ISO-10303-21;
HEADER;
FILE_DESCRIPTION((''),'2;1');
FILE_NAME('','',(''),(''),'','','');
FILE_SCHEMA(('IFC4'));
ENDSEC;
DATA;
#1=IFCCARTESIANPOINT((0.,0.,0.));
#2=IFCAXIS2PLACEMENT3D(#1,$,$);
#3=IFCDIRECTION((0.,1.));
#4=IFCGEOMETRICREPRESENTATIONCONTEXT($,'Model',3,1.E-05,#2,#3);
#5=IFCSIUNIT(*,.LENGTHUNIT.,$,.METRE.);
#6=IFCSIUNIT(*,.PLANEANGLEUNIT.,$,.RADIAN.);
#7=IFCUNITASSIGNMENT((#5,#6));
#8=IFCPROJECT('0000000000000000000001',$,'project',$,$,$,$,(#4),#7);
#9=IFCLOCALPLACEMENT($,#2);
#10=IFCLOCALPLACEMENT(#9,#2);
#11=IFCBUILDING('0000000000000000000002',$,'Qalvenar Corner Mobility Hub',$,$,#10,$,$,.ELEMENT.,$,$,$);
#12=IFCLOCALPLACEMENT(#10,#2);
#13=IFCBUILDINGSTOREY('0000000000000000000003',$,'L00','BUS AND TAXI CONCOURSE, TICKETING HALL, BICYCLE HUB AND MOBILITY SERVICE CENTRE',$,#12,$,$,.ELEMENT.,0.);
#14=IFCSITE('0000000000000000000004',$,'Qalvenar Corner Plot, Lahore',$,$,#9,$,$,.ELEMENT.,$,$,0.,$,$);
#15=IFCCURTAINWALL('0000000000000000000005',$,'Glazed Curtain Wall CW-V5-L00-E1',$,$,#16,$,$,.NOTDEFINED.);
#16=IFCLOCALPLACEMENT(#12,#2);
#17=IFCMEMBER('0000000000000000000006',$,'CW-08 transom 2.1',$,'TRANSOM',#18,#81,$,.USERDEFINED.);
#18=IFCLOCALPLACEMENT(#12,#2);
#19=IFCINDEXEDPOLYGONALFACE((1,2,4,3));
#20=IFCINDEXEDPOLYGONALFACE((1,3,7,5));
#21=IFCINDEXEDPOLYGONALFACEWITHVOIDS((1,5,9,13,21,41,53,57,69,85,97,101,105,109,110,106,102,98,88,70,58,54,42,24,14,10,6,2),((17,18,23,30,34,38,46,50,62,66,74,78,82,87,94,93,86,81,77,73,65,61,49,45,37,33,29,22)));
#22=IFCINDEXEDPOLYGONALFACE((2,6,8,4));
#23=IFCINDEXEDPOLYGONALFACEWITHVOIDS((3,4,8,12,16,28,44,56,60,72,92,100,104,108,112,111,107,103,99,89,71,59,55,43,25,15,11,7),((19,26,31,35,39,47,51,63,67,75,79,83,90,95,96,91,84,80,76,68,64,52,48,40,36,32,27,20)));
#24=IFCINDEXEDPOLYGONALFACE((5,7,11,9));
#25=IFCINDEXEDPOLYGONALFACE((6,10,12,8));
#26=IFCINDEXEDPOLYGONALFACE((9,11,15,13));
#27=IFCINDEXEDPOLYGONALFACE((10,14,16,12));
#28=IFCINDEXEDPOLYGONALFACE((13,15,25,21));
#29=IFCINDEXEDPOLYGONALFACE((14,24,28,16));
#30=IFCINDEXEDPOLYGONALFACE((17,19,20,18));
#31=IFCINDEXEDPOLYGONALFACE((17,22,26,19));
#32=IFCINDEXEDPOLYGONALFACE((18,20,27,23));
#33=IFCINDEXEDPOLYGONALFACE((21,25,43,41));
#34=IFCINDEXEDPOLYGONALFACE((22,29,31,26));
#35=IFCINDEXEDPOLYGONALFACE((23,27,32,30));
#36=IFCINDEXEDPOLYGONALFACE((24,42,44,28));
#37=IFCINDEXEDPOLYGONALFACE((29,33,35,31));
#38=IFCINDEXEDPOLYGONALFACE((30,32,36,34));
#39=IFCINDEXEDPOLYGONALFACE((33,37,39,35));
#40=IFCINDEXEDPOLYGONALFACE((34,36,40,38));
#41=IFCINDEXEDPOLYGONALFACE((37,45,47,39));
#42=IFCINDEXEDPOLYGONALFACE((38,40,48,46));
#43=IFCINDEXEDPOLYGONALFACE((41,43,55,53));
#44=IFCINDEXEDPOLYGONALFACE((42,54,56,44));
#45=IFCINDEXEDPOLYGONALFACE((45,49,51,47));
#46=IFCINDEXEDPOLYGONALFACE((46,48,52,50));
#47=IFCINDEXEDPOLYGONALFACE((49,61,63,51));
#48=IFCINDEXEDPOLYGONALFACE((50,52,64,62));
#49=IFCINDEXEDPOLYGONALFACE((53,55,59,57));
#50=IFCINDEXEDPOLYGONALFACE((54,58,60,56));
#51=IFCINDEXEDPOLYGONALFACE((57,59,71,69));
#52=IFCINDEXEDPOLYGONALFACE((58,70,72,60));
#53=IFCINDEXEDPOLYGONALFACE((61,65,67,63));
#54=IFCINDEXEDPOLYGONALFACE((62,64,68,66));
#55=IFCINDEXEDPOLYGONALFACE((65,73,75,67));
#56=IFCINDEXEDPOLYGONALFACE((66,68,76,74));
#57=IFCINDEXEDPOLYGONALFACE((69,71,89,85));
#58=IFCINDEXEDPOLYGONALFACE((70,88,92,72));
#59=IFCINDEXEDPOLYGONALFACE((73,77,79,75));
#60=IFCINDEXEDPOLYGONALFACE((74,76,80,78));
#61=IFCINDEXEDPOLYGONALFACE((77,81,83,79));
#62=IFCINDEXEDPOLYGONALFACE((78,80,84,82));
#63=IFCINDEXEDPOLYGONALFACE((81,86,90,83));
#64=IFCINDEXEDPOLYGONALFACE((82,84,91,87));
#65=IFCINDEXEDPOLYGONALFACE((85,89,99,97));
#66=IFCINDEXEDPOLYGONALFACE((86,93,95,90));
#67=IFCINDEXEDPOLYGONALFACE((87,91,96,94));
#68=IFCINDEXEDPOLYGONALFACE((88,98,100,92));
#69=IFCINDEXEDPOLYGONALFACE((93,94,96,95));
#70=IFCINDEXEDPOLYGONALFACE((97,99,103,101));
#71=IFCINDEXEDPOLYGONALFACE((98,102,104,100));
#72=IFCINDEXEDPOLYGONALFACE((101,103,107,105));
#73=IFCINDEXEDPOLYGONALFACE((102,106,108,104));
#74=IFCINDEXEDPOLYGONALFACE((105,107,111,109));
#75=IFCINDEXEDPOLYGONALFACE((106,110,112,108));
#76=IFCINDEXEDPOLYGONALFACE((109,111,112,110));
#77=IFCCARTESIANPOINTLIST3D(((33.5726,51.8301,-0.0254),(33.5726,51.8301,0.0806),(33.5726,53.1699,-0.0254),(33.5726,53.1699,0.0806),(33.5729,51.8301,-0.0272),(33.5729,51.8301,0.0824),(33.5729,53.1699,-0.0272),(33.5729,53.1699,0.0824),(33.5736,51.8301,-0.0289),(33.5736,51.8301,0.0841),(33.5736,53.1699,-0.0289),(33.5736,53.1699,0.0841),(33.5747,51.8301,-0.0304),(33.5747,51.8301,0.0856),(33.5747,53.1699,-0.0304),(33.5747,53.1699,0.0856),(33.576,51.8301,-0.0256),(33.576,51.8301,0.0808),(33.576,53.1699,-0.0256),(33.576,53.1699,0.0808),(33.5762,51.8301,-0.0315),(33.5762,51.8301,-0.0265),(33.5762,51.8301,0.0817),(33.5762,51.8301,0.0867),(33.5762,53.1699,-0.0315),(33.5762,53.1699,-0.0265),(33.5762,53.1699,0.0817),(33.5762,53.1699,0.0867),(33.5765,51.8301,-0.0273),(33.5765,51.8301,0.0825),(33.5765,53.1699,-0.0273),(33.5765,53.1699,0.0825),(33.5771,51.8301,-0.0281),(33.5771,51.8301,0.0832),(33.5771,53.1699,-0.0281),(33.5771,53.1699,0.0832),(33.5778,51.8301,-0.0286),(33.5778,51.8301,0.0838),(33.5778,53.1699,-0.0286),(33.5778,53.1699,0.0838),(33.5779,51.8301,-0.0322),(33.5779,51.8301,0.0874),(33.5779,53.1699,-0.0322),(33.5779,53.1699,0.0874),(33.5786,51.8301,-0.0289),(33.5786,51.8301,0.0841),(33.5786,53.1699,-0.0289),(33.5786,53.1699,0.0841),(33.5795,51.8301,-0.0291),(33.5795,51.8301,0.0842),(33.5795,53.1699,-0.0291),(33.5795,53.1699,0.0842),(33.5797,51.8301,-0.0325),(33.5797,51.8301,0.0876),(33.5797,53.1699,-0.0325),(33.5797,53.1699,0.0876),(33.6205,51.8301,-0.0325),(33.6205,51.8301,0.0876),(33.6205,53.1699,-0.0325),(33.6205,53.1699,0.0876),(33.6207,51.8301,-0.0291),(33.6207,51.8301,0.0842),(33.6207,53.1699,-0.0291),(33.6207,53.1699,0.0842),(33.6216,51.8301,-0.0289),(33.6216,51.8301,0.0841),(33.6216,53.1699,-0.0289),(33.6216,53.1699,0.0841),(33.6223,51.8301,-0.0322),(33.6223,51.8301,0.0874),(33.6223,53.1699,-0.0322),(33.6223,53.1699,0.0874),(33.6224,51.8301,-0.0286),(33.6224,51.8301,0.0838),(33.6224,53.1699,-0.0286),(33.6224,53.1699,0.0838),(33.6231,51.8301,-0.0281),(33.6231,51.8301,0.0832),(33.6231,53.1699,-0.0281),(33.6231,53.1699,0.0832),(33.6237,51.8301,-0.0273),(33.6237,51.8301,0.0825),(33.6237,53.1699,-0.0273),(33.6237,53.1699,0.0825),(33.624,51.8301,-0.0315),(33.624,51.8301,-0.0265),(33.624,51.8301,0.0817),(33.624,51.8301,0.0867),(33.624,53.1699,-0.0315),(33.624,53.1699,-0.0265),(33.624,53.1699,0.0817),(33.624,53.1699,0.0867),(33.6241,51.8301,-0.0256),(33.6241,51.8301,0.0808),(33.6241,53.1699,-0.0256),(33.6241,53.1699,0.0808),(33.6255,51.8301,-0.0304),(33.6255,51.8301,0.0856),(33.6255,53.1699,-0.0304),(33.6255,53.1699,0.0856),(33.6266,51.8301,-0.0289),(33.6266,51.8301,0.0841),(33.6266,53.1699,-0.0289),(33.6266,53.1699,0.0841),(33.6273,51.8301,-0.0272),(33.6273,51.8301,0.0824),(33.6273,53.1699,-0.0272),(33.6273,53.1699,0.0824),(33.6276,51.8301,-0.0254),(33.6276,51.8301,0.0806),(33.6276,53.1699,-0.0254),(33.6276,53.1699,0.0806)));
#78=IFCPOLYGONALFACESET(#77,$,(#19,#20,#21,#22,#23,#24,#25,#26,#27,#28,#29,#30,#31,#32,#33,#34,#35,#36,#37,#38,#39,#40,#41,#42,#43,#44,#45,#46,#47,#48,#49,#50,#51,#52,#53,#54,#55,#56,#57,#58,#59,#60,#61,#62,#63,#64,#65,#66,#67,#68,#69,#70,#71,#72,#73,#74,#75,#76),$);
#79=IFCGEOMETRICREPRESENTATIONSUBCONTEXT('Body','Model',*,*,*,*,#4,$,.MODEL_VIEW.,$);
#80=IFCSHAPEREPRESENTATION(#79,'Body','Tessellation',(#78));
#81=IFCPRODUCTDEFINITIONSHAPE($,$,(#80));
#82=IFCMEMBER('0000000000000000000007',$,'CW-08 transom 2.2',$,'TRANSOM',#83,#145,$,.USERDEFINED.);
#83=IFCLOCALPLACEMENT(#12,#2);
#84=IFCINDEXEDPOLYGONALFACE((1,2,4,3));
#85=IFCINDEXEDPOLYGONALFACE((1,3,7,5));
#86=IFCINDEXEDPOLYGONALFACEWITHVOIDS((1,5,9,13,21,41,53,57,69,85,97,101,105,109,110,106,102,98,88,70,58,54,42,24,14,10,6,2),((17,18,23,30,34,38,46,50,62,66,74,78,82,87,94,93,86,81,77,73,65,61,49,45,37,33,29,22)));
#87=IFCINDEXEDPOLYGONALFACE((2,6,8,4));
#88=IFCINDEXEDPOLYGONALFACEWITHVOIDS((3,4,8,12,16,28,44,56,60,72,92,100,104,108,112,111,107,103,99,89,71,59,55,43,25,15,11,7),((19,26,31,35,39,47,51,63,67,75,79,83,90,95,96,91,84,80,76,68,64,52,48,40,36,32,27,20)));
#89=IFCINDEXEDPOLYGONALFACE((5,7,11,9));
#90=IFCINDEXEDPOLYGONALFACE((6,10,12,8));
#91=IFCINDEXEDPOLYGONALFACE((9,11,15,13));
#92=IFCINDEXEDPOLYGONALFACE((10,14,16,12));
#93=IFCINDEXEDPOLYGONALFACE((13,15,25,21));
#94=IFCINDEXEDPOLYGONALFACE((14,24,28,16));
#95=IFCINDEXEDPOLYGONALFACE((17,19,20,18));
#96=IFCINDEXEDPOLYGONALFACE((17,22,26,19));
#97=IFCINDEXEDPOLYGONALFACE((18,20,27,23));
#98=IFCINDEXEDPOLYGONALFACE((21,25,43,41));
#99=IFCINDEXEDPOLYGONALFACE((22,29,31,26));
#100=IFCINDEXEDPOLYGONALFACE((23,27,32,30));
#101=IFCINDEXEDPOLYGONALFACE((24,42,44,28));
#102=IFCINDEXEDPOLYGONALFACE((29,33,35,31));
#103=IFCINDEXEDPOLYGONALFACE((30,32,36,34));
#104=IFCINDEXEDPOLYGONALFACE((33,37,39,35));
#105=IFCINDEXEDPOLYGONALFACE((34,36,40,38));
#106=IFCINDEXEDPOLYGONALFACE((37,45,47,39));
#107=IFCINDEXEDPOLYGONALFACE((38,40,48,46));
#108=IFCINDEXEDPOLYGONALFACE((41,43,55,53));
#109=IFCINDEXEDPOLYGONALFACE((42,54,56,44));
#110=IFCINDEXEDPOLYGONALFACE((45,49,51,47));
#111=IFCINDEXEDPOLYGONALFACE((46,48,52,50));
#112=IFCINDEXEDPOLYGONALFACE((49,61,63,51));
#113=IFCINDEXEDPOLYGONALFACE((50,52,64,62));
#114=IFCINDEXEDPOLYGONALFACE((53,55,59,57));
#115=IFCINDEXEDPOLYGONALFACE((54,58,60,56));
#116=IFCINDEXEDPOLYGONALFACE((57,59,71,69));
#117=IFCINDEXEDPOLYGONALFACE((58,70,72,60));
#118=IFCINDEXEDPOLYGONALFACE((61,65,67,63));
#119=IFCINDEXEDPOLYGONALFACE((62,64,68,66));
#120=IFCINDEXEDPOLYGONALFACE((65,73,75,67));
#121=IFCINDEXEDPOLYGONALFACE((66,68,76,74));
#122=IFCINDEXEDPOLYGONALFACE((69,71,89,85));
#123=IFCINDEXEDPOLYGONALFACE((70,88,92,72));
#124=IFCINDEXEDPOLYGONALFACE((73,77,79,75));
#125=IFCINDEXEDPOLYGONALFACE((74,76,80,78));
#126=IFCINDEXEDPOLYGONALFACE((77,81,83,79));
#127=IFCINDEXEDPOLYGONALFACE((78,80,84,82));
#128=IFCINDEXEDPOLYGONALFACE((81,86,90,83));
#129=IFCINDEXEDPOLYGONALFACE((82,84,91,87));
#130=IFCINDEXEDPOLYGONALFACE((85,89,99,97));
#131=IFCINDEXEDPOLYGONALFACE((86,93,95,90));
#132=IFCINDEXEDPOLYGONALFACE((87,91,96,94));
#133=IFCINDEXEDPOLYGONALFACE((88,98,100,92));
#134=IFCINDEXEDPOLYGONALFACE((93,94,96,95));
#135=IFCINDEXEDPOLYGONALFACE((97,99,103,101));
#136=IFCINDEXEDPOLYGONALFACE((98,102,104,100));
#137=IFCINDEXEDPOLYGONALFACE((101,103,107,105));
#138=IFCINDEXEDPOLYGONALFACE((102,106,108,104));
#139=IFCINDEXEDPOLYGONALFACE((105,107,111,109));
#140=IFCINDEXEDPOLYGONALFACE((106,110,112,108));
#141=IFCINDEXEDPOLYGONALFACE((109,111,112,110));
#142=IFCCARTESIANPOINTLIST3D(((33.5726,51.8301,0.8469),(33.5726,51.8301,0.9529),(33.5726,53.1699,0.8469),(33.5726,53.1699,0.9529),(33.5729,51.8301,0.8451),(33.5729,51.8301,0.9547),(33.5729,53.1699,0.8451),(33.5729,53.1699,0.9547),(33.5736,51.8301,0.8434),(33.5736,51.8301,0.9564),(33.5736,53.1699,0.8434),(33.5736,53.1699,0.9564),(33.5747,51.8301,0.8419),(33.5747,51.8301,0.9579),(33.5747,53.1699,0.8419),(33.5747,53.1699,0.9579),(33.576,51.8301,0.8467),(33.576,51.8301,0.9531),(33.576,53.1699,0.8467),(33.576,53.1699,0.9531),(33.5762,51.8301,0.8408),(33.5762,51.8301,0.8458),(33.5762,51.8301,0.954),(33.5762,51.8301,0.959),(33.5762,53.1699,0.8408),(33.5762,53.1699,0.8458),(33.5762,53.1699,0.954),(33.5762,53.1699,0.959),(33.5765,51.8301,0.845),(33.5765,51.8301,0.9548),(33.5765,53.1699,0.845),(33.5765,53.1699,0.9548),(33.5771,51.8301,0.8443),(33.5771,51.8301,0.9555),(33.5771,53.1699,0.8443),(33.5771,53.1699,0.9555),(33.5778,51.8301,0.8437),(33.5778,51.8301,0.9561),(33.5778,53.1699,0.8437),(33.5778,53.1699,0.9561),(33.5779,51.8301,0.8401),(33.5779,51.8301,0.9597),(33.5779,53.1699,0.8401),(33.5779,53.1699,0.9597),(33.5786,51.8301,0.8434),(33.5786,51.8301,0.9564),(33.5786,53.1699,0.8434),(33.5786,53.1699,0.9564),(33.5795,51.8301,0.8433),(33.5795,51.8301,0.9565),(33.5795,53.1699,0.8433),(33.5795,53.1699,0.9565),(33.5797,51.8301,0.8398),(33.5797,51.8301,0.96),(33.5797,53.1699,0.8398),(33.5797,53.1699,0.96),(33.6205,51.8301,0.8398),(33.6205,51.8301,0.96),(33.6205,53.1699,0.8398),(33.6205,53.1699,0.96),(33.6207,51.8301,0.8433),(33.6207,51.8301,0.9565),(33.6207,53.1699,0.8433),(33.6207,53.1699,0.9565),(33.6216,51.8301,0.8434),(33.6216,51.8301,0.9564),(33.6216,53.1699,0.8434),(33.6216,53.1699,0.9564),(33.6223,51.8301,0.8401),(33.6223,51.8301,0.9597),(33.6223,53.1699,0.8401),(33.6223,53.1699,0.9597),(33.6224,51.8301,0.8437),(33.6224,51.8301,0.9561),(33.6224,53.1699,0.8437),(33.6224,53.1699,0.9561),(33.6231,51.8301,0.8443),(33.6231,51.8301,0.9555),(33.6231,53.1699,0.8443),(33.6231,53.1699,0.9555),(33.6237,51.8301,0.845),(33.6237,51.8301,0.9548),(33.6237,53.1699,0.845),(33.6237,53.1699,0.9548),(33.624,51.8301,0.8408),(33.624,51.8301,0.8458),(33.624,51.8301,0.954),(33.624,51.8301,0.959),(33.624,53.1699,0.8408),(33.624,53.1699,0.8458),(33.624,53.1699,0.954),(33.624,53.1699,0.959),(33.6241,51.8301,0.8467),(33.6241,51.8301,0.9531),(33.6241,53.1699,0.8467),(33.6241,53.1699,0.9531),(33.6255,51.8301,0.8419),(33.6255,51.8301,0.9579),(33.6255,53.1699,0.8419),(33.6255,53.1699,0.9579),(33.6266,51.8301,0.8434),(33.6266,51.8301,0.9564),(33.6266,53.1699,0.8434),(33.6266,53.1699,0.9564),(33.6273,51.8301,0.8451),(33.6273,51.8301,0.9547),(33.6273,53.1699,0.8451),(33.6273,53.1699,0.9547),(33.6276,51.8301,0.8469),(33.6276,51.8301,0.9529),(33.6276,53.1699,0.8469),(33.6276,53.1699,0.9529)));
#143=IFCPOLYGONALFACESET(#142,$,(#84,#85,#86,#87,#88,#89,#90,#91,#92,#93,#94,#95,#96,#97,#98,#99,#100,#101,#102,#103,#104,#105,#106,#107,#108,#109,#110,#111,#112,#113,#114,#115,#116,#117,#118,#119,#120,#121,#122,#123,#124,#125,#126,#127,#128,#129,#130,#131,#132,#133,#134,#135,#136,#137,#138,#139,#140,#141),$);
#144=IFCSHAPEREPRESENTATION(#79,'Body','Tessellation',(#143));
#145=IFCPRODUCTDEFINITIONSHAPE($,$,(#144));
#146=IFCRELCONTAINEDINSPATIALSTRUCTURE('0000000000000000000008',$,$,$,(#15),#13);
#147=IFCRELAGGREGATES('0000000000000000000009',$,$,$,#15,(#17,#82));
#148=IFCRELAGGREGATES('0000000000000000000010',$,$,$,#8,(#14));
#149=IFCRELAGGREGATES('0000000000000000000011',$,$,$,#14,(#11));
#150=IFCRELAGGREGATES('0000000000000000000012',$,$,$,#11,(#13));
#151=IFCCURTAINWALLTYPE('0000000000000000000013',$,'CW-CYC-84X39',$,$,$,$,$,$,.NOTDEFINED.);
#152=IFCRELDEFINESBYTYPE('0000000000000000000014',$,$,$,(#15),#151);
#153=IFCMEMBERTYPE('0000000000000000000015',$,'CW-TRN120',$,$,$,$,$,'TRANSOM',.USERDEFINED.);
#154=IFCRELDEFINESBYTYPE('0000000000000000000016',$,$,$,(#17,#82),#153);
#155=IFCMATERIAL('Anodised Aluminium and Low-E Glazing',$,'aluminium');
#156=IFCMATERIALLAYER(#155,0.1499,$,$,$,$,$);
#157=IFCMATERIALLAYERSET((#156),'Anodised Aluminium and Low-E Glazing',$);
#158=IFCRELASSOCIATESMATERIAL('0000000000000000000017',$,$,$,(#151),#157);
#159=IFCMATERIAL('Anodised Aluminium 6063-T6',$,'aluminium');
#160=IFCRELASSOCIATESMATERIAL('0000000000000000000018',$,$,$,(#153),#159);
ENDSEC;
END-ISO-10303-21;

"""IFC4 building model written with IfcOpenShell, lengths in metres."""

from ifc_helpers import new_model, si_unit, direction, frame, origin, origin_2d, place, context, subcontext, project, spatial, hollow_rectangle, extrude, material, layer, layer_set, material_profile, profile_set, type_object, element, aggregate, save


model = new_model("IFC4")

# Units and contexts
model_context = context("Model", 3, precision=1e-05, world=origin(), true_north=direction((0.0, 1.0)))
body_context = subcontext(model_context, "Body", "Model", "MODEL_VIEW")
ifc_project = project(units=[si_unit("LENGTHUNIT", "METRE"), si_unit("PLANEANGLEUNIT", "RADIAN")], contexts=[model_context])

# Site, building, storey
site_placement = place(None, origin())
site = spatial("IfcSite", under=ifc_project, at=site_placement, Name="Qalvenar Corner Plot, Lahore", CompositionType="ELEMENT", RefElevation=0.0)
building_placement = place(site_placement, origin())
building = spatial("IfcBuilding", under=site, at=building_placement, Name="Qalvenar Corner Mobility Hub", CompositionType="ELEMENT")
storey_placement = place(building_placement, origin())
storey = spatial("IfcBuildingStorey", under=building, at=storey_placement, Name="L00", Description="BUS AND TAXI CONCOURSE, TICKETING HALL, BICYCLE HUB AND MOBILITY SERVICE CENTRE", CompositionType="ELEMENT", Elevation=0.0)

# Curtain wall, members
ifc_material_1 = material(Name="Anodised Aluminium and Low-E Glazing", Category="aluminium")
ifc_layer_1 = layer(ifc_material_1, 0.1499)
ifc_layer_set_1 = layer_set([ifc_layer_1], Name="Anodised Aluminium and Low-E Glazing")
curtain_wall_type = type_object("IfcCurtainWallType", Name="CW-CYC-84X39", PredefinedType="NOTDEFINED", material=ifc_layer_set_1)
curtain_wall_placement = place(storey_placement, origin())
curtain_wall = element("IfcCurtainWall", 1, at=curtain_wall_placement, inside=storey, type_object=curtain_wall_type, Name="Glazed Curtain Wall CW-V5-L00-E1", PredefinedType="NOTDEFINED")
ifc_material_2 = material(Name="Anodised Aluminium 6063-T6", Category="aluminium")
ifc_material_profile_1 = material_profile(ifc_material_2, hollow_rectangle(XDim=0.0549, YDim=0.1201, WallThickness=0.0034, InnerFilletRadius=0.0034, OuterFilletRadius=0.0071, at=origin_2d()), Name="RHS120x55x3.5")
ifc_profile_set_1 = profile_set([ifc_material_profile_1], Name="Anodised Aluminium 6063-T6")
member_type_1 = type_object("IfcMemberType", Name="CW-TRN120", ElementType="TRANSOM", PredefinedType="USERDEFINED", material=ifc_profile_set_1)
member_1_placement = place(storey_placement, frame((33.6001, 51.8301, 0.0276), z_axis=(0.0, 1.0, 0.0), x_axis=(-1.0, 0.0, 0.0)))
member_1 = element("IfcMember", 2, at=member_1_placement, type_object=member_type_1, Name="CW-08 transom 2.1", ObjectType="TRANSOM", PredefinedType="USERDEFINED", context=body_context, shape_type="SweptSolid", body=[
    extrude(hollow_rectangle(XDim=0.0549, YDim=0.1201, WallThickness=0.0034, InnerFilletRadius=0.0034, OuterFilletRadius=0.0071, at=origin_2d()), origin(), (0.0, 0.0, 1.0), 1.3398),
])
member_2_placement = place(storey_placement, frame((33.6001, 51.8301, 0.8999), z_axis=(0.0, 1.0, 0.0), x_axis=(-1.0, 0.0, 0.0)))
member_2 = element("IfcMember", 3, at=member_2_placement, type_object=member_type_1, Name="CW-08 transom 2.2", ObjectType="TRANSOM", PredefinedType="USERDEFINED", context=body_context, shape_type="SweptSolid", body=[
    extrude(hollow_rectangle(XDim=0.0549, YDim=0.1201, WallThickness=0.0034, InnerFilletRadius=0.0034, OuterFilletRadius=0.0071, at=origin_2d()), origin(), (0.0, 0.0, 1.0), 1.3398),
])
aggregate(curtain_wall, [member_1, member_2])

save(model, "model.ifc")
